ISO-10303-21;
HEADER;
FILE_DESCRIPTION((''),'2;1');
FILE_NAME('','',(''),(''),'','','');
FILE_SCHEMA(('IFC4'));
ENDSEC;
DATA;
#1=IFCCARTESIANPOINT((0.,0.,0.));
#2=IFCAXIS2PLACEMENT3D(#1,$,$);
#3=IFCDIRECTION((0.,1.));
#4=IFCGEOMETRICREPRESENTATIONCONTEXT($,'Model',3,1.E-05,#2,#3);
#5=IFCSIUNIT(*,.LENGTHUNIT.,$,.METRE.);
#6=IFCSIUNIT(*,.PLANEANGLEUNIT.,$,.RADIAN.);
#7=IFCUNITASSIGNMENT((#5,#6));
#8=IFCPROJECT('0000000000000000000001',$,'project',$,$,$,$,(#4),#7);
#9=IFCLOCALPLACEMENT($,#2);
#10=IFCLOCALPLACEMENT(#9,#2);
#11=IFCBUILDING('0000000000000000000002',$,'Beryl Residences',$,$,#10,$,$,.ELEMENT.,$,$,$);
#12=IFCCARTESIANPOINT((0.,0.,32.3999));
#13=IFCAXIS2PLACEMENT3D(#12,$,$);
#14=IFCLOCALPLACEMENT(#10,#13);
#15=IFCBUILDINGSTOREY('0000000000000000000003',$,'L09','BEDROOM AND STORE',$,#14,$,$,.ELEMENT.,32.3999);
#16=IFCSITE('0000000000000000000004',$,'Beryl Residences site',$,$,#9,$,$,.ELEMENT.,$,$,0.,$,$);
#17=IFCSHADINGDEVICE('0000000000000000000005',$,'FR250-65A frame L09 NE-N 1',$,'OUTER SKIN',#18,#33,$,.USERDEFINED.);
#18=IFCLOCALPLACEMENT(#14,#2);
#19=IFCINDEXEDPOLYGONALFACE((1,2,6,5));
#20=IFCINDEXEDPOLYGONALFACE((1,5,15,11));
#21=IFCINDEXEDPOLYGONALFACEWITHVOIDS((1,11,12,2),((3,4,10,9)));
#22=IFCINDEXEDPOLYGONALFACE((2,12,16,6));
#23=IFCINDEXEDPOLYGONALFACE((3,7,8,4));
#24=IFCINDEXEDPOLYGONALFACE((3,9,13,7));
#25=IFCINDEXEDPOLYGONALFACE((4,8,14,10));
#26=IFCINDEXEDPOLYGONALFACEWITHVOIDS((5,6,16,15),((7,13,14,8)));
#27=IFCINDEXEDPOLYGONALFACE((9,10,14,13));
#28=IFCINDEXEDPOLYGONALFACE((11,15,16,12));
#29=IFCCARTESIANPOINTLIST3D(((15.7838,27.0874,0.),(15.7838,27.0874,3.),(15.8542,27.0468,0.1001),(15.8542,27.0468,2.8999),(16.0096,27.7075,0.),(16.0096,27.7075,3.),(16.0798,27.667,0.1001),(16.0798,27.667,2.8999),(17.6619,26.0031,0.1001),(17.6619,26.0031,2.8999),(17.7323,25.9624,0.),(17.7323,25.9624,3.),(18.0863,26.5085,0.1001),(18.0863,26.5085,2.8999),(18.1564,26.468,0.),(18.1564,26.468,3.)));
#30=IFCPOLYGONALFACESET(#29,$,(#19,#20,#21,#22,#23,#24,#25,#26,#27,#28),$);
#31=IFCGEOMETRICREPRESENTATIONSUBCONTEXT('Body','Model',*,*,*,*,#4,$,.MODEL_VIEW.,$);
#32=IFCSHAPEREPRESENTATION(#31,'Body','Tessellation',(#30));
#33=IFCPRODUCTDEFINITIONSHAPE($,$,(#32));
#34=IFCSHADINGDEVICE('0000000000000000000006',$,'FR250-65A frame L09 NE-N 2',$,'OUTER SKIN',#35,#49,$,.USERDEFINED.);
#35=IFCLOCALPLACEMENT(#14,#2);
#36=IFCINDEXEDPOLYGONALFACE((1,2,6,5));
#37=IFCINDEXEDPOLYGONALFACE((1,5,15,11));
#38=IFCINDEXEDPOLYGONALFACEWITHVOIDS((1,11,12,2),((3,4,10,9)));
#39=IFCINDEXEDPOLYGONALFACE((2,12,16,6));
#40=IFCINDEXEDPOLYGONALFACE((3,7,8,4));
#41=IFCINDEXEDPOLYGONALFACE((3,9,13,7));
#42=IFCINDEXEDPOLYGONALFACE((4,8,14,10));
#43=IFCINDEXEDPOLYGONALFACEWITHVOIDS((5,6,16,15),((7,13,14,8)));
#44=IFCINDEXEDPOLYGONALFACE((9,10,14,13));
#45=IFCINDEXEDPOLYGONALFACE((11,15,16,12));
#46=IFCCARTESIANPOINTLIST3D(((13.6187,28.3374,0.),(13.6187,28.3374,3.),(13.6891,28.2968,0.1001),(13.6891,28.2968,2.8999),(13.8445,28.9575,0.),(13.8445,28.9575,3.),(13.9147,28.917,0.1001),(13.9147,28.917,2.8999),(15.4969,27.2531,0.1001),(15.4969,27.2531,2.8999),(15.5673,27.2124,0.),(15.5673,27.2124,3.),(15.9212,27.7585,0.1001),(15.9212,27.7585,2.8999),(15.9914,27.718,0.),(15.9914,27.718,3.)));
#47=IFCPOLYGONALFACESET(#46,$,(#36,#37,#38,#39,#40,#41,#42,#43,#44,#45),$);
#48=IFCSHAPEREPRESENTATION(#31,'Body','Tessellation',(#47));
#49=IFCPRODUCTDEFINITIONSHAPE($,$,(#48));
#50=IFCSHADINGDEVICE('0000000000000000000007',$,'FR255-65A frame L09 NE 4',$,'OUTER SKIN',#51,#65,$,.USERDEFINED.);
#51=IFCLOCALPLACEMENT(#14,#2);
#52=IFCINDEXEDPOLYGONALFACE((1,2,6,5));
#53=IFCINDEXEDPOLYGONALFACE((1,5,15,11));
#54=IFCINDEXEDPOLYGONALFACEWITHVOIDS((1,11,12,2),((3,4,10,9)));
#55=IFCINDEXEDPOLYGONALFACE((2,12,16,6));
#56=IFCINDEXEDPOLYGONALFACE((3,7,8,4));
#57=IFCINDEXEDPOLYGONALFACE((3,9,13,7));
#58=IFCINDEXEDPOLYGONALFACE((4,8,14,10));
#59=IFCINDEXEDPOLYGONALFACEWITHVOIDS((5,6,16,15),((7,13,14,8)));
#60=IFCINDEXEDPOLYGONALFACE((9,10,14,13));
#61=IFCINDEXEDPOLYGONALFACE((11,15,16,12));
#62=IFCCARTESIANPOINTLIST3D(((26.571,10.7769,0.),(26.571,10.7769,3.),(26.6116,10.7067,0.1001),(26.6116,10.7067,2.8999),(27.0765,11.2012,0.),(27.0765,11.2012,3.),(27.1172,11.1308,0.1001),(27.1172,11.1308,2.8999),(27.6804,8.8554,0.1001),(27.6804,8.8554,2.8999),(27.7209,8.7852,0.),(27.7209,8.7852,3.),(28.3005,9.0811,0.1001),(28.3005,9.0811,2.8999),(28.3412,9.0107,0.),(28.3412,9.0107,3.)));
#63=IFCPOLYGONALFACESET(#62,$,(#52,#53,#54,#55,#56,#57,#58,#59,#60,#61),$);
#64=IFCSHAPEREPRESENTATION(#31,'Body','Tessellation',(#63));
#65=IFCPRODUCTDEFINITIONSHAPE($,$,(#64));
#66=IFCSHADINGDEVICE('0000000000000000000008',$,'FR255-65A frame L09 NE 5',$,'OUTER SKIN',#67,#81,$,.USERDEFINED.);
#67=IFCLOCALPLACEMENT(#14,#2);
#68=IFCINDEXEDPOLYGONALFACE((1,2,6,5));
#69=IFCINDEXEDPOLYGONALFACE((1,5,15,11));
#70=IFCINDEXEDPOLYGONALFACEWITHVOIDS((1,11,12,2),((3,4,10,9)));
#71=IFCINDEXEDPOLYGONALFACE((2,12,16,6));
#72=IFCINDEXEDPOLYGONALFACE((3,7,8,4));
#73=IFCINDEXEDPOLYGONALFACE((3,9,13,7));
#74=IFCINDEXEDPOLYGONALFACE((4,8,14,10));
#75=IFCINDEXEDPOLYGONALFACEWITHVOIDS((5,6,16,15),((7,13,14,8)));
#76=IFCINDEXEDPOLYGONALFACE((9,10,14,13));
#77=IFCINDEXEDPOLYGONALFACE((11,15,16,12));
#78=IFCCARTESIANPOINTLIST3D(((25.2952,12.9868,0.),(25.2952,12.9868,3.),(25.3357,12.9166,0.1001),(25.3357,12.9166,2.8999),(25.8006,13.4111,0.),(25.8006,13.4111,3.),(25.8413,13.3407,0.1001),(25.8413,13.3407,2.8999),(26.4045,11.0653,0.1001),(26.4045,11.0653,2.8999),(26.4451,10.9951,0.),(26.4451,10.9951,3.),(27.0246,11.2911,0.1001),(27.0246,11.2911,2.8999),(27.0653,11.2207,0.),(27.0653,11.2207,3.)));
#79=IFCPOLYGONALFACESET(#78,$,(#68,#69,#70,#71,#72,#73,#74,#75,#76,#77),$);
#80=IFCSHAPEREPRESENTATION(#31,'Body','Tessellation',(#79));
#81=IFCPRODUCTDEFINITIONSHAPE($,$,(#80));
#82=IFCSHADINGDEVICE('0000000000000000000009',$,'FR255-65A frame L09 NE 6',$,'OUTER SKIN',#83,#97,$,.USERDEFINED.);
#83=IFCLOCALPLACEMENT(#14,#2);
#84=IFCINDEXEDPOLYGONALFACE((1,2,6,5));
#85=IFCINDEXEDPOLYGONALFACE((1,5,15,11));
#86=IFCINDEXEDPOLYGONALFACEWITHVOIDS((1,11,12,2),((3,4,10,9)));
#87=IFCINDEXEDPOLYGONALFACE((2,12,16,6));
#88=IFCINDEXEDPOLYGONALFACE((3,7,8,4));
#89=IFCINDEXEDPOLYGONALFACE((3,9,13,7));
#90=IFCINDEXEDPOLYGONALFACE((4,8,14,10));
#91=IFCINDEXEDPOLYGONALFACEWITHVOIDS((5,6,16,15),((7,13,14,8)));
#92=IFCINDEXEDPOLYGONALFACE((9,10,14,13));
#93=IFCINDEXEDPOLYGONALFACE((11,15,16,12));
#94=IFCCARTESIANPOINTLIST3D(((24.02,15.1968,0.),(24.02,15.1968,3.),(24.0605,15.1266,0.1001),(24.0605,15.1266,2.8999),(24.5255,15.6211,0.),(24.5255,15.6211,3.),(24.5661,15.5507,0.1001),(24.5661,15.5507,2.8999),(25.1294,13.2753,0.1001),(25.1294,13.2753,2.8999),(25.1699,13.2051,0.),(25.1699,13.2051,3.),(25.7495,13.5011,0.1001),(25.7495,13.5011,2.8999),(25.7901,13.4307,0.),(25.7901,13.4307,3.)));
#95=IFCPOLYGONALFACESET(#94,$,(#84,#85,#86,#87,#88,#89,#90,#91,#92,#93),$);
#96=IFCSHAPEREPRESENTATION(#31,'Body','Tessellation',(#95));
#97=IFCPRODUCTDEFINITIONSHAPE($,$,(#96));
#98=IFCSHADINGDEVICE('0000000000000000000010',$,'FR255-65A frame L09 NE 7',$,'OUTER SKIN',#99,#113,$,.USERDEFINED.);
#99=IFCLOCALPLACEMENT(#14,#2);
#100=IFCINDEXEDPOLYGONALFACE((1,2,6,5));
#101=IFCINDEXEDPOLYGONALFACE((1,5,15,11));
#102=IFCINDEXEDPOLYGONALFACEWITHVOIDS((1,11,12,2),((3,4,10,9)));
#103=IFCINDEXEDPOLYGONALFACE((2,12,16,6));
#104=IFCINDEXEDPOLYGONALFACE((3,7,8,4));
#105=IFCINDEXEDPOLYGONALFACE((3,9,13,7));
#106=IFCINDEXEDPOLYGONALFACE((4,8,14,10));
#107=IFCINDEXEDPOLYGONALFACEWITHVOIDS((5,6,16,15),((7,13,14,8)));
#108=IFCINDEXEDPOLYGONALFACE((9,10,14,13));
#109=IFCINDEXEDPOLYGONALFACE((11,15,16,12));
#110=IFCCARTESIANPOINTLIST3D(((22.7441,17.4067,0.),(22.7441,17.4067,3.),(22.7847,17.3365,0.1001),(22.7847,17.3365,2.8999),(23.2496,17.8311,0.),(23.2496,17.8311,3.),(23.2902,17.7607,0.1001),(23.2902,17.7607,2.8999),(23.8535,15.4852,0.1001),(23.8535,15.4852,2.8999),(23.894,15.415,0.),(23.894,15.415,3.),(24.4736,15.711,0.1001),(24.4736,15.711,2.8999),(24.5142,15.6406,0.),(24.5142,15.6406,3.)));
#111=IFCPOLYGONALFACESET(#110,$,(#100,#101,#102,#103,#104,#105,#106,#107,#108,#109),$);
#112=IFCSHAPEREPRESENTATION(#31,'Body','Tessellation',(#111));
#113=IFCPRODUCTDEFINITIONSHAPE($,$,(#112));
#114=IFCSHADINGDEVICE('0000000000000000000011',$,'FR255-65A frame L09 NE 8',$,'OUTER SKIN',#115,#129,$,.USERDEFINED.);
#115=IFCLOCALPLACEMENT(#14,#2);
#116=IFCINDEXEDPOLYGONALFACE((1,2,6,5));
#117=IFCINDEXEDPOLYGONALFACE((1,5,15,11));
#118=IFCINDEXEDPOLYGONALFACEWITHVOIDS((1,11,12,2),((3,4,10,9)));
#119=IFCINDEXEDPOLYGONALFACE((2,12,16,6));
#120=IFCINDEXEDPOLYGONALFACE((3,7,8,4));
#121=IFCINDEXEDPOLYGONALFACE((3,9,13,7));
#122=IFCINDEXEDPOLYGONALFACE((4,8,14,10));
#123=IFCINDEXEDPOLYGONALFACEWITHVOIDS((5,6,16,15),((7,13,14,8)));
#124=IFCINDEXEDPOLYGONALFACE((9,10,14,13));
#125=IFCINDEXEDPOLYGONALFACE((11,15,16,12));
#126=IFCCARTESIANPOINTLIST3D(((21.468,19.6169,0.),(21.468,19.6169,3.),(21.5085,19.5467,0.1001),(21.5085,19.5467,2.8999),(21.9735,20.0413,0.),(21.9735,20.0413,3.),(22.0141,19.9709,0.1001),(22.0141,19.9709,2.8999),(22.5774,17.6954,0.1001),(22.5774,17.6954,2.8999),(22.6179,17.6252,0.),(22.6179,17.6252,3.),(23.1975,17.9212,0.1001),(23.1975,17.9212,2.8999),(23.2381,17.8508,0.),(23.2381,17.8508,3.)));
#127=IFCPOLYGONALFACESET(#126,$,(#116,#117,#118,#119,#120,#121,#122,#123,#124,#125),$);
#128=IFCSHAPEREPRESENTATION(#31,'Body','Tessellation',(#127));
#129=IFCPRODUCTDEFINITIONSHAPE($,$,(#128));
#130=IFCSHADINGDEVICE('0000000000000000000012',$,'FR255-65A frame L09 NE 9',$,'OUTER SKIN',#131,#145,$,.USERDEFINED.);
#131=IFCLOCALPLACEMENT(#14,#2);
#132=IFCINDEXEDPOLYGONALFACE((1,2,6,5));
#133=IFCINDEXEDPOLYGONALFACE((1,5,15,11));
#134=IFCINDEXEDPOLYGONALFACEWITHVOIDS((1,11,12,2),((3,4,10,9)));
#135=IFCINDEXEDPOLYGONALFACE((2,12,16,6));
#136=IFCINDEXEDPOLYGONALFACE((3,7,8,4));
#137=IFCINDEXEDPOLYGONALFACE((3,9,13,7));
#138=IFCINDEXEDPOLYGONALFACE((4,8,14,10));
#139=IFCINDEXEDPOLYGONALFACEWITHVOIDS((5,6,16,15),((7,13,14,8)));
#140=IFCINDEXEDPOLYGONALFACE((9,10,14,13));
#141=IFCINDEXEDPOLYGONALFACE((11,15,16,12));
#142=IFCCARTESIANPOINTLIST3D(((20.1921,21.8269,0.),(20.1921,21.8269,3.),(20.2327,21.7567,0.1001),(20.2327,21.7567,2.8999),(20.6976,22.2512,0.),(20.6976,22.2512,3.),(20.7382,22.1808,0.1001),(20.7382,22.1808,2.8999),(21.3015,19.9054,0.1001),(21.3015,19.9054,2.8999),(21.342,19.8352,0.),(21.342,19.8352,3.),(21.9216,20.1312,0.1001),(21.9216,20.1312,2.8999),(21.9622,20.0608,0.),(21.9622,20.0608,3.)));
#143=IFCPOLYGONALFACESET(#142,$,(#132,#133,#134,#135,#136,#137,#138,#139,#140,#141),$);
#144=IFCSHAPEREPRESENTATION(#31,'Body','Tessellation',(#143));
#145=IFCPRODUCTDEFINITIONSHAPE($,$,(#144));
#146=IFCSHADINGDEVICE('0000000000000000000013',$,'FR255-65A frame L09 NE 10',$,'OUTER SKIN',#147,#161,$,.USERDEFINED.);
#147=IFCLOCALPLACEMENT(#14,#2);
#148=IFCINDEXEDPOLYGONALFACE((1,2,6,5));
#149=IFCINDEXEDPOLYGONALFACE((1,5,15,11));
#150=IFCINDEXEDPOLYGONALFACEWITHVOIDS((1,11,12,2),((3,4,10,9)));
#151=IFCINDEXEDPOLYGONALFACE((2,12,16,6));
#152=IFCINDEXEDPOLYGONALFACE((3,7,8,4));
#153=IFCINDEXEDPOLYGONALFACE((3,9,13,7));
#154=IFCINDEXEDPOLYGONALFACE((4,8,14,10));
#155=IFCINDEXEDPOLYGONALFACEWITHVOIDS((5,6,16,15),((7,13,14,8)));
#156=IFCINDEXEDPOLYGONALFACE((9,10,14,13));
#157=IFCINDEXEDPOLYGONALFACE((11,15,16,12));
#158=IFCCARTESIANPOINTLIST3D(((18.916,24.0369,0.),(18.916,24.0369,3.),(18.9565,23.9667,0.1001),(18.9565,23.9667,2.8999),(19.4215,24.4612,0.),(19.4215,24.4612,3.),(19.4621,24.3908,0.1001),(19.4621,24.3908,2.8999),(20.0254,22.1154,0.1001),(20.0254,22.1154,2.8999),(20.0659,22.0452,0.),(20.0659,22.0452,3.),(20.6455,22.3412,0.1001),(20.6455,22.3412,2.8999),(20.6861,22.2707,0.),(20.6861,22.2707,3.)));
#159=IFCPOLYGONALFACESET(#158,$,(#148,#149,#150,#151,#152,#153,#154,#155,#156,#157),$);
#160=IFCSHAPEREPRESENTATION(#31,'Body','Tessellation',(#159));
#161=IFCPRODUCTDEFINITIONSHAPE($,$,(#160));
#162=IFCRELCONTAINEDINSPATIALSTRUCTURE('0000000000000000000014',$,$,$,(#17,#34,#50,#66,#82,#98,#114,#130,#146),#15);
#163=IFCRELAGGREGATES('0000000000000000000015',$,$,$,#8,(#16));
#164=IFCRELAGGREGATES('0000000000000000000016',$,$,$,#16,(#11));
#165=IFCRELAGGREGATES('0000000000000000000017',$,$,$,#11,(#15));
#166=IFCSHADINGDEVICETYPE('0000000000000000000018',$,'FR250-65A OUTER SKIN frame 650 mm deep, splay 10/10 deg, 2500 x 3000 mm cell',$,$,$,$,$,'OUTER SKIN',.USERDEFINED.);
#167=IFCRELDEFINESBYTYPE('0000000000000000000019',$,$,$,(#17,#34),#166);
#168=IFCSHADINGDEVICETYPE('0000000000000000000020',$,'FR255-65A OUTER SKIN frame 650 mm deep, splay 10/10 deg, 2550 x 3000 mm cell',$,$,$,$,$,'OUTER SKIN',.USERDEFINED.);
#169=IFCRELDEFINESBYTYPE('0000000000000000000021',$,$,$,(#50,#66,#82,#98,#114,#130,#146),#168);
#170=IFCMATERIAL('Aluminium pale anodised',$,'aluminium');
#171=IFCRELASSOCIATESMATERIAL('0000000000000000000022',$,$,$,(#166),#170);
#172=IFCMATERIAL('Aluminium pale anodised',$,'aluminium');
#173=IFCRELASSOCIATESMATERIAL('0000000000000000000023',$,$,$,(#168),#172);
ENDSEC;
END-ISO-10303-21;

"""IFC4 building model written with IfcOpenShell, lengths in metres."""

from ifc_helpers import new_model, entity, si_unit, direction, frame, origin, place, context, subcontext, project, spatial, source, transform, mapped, material, type_object, type_shapes, element, save


model = new_model("IFC4")

# Units and contexts
model_context = context("Model", 3, precision=1e-05, world=origin(), true_north=direction((0.0, 1.0)))
body_context = subcontext(model_context, "Body", "Model", "MODEL_VIEW")
ifc_project = project(units=[si_unit("LENGTHUNIT", "METRE"), si_unit("PLANEANGLEUNIT", "RADIAN")], contexts=[model_context])

# Site, building, storey
site_placement = place(None, origin())
site = spatial("IfcSite", under=ifc_project, at=site_placement, Name="Beryl Residences site", CompositionType="ELEMENT", RefElevation=0.0)
building_placement = place(site_placement, origin())
building = spatial("IfcBuilding", under=site, at=building_placement, Name="Beryl Residences", CompositionType="ELEMENT")
storey_placement = place(building_placement, frame((0.0, 0.0, 32.3999)))
storey = spatial("IfcBuildingStorey", under=building, at=storey_placement, Name="L09", Description="BEDROOM AND STORE", CompositionType="ELEMENT", Elevation=32.3999)

# Shading devices
ifc_material_1 = material(Name="Aluminium pale anodised", Category="aluminium")
shading_device_type_1 = type_object("IfcShadingDeviceType", Name="FR250-65A OUTER SKIN frame 650 mm deep, splay 10/10 deg, 2500 x 3000 mm cell", ElementType="OUTER SKIN", PredefinedType="USERDEFINED", material=ifc_material_1)
cartesian_point_1 = entity("IfcCartesianPoint", [-1.125, 0.0])
cartesian_point_2 = entity("IfcCartesianPoint", [-1.0437, 0.1001])
cartesian_point_3 = entity("IfcCartesianPoint", [-1.2395, 0.0])
cartesian_point_4 = entity("IfcCartesianPoint", [-1.1584, 0.1001])
shared_shape_1 = source(origin(), body_context, "Body", "SweptSolid", [
    entity("IfcExtrudedAreaSolidTapered", entity("IfcArbitraryProfileDefWithVoids", "AREA", None, entity("IfcPolyline", [cartesian_point_1, entity("IfcCartesianPoint", [1.125, 0.0]), entity("IfcCartesianPoint", [1.125, 3.0]), entity("IfcCartesianPoint", [-1.125, 3.0]), cartesian_point_1]), [entity("IfcPolyline", [cartesian_point_2, entity("IfcCartesianPoint", [1.0437, 0.1001]), entity("IfcCartesianPoint", [1.0437, 2.8999]), entity("IfcCartesianPoint", [-1.0437, 2.8999]), cartesian_point_2])]), entity("IfcAxis2Placement3D", entity("IfcCartesianPoint", [0.0, 0.0, 0.0]), entity("IfcDirection", [0.0, 1.0, 0.0]), entity("IfcDirection", [-1.0, 0.0, 0.0])), entity("IfcDirection", [0.0, 0.0, 1.0]), 0.6499, entity("IfcArbitraryProfileDefWithVoids", "AREA", None, entity("IfcPolyline", [cartesian_point_3, entity("IfcCartesianPoint", [1.2395, 0.0]), entity("IfcCartesianPoint", [1.2395, 3.0]), entity("IfcCartesianPoint", [-1.2395, 3.0]), cartesian_point_3]), [entity("IfcPolyline", [cartesian_point_4, entity("IfcCartesianPoint", [1.1584, 0.1001]), entity("IfcCartesianPoint", [1.1584, 2.8999]), entity("IfcCartesianPoint", [-1.1584, 2.8999]), cartesian_point_4])])),
])
type_shapes(shading_device_type_1, [shared_shape_1])
for number, where, z_axis, x_axis, name in (
    (1, (16.7581, 26.5249, 0.0), (0.0, 0.0, 1.0), (0.866025, -0.5, 0.0), "FR250-65A frame L09 NE-N 1"),
    (2, (14.593, 27.7749, 0.0), (0.0, 0.0, 1.0), (0.866025, -0.5, 0.0), "FR250-65A frame L09 NE-N 2"),
):
    element("IfcShadingDevice", number, at=place(storey_placement, frame(where, z_axis=z_axis, x_axis=x_axis)), inside=storey, type_object=shading_device_type_1, Name=name, ObjectType="OUTER SKIN", PredefinedType="USERDEFINED", context=body_context, shape_type="MappedRepresentation", body=[
        mapped(shared_shape_1, transform((0.0, 0.0, 0.0))),
    ])
ifc_material_2 = material(Name="Aluminium pale anodised", Category="aluminium")
shading_device_type_2 = type_object("IfcShadingDeviceType", Name="FR255-65A OUTER SKIN frame 650 mm deep, splay 10/10 deg, 2550 x 3000 mm cell", ElementType="OUTER SKIN", PredefinedType="USERDEFINED", material=ifc_material_2)
cartesian_point_5 = entity("IfcCartesianPoint", [-1.1499, 0.0])
cartesian_point_6 = entity("IfcCartesianPoint", [-1.0688, 0.1001])
cartesian_point_7 = entity("IfcCartesianPoint", [-1.2646, 0.0])
cartesian_point_8 = entity("IfcCartesianPoint", [-1.1833, 0.1001])
shared_shape_2 = source(origin(), body_context, "Body", "SweptSolid", [
    entity("IfcExtrudedAreaSolidTapered", entity("IfcArbitraryProfileDefWithVoids", "AREA", None, entity("IfcPolyline", [cartesian_point_5, entity("IfcCartesianPoint", [1.1499, 0.0]), entity("IfcCartesianPoint", [1.1499, 3.0]), entity("IfcCartesianPoint", [-1.1499, 3.0]), cartesian_point_5]), [entity("IfcPolyline", [cartesian_point_6, entity("IfcCartesianPoint", [1.0688, 0.1001]), entity("IfcCartesianPoint", [1.0688, 2.8999]), entity("IfcCartesianPoint", [-1.0688, 2.8999]), cartesian_point_6])]), entity("IfcAxis2Placement3D", entity("IfcCartesianPoint", [0.0, 0.0, 0.0]), entity("IfcDirection", [0.0, 1.0, 0.0]), entity("IfcDirection", [-1.0, 0.0, 0.0])), entity("IfcDirection", [0.0, 0.0, 1.0]), 0.6499, entity("IfcArbitraryProfileDefWithVoids", "AREA", None, entity("IfcPolyline", [cartesian_point_7, entity("IfcCartesianPoint", [1.2646, 0.0]), entity("IfcCartesianPoint", [1.2646, 3.0]), entity("IfcCartesianPoint", [-1.2646, 3.0]), cartesian_point_7]), [entity("IfcPolyline", [cartesian_point_8, entity("IfcCartesianPoint", [1.1833, 0.1001]), entity("IfcCartesianPoint", [1.1833, 2.8999]), entity("IfcCartesianPoint", [-1.1833, 2.8999]), cartesian_point_8])])),
])
type_shapes(shading_device_type_2, [shared_shape_2])
for number, where, z_axis, x_axis, name in (
    (3, (27.146, 9.781, 0.0), (0.0, 0.0, 1.0), (0.5, -0.866025, 0.0), "FR255-65A frame L09 NE 4"),
    (4, (25.8701, 11.991, 0.0), (0.0, 0.0, 1.0), (0.5, -0.866025, 0.0), "FR255-65A frame L09 NE 5"),
    (5, (24.595, 14.2009, 0.0), (0.0, 0.0, 1.0), (0.5, -0.866025, 0.0), "FR255-65A frame L09 NE 6"),
    (6, (23.3191, 16.4109, 0.0), (0.0, 0.0, 1.0), (0.5, -0.866025, 0.0), "FR255-65A frame L09 NE 7"),
    (7, (22.043, 18.6211, 0.0), (0.0, 0.0, 1.0), (0.5, -0.866025, 0.0), "FR255-65A frame L09 NE 8"),
    (8, (20.7671, 20.8311, 0.0), (0.0, 0.0, 1.0), (0.5, -0.866025, 0.0), "FR255-65A frame L09 NE 9"),
    (9, (19.491, 23.041, 0.0), (0.0, 0.0, 1.0), (0.5, -0.866025, 0.0), "FR255-65A frame L09 NE 10"),
):
    element("IfcShadingDevice", number, at=place(storey_placement, frame(where, z_axis=z_axis, x_axis=x_axis)), inside=storey, type_object=shading_device_type_2, Name=name, ObjectType="OUTER SKIN", PredefinedType="USERDEFINED", context=body_context, shape_type="MappedRepresentation", body=[
        mapped(shared_shape_2, transform((0.0, 0.0, 0.0))),
    ])

save(model, "model.ifc")
